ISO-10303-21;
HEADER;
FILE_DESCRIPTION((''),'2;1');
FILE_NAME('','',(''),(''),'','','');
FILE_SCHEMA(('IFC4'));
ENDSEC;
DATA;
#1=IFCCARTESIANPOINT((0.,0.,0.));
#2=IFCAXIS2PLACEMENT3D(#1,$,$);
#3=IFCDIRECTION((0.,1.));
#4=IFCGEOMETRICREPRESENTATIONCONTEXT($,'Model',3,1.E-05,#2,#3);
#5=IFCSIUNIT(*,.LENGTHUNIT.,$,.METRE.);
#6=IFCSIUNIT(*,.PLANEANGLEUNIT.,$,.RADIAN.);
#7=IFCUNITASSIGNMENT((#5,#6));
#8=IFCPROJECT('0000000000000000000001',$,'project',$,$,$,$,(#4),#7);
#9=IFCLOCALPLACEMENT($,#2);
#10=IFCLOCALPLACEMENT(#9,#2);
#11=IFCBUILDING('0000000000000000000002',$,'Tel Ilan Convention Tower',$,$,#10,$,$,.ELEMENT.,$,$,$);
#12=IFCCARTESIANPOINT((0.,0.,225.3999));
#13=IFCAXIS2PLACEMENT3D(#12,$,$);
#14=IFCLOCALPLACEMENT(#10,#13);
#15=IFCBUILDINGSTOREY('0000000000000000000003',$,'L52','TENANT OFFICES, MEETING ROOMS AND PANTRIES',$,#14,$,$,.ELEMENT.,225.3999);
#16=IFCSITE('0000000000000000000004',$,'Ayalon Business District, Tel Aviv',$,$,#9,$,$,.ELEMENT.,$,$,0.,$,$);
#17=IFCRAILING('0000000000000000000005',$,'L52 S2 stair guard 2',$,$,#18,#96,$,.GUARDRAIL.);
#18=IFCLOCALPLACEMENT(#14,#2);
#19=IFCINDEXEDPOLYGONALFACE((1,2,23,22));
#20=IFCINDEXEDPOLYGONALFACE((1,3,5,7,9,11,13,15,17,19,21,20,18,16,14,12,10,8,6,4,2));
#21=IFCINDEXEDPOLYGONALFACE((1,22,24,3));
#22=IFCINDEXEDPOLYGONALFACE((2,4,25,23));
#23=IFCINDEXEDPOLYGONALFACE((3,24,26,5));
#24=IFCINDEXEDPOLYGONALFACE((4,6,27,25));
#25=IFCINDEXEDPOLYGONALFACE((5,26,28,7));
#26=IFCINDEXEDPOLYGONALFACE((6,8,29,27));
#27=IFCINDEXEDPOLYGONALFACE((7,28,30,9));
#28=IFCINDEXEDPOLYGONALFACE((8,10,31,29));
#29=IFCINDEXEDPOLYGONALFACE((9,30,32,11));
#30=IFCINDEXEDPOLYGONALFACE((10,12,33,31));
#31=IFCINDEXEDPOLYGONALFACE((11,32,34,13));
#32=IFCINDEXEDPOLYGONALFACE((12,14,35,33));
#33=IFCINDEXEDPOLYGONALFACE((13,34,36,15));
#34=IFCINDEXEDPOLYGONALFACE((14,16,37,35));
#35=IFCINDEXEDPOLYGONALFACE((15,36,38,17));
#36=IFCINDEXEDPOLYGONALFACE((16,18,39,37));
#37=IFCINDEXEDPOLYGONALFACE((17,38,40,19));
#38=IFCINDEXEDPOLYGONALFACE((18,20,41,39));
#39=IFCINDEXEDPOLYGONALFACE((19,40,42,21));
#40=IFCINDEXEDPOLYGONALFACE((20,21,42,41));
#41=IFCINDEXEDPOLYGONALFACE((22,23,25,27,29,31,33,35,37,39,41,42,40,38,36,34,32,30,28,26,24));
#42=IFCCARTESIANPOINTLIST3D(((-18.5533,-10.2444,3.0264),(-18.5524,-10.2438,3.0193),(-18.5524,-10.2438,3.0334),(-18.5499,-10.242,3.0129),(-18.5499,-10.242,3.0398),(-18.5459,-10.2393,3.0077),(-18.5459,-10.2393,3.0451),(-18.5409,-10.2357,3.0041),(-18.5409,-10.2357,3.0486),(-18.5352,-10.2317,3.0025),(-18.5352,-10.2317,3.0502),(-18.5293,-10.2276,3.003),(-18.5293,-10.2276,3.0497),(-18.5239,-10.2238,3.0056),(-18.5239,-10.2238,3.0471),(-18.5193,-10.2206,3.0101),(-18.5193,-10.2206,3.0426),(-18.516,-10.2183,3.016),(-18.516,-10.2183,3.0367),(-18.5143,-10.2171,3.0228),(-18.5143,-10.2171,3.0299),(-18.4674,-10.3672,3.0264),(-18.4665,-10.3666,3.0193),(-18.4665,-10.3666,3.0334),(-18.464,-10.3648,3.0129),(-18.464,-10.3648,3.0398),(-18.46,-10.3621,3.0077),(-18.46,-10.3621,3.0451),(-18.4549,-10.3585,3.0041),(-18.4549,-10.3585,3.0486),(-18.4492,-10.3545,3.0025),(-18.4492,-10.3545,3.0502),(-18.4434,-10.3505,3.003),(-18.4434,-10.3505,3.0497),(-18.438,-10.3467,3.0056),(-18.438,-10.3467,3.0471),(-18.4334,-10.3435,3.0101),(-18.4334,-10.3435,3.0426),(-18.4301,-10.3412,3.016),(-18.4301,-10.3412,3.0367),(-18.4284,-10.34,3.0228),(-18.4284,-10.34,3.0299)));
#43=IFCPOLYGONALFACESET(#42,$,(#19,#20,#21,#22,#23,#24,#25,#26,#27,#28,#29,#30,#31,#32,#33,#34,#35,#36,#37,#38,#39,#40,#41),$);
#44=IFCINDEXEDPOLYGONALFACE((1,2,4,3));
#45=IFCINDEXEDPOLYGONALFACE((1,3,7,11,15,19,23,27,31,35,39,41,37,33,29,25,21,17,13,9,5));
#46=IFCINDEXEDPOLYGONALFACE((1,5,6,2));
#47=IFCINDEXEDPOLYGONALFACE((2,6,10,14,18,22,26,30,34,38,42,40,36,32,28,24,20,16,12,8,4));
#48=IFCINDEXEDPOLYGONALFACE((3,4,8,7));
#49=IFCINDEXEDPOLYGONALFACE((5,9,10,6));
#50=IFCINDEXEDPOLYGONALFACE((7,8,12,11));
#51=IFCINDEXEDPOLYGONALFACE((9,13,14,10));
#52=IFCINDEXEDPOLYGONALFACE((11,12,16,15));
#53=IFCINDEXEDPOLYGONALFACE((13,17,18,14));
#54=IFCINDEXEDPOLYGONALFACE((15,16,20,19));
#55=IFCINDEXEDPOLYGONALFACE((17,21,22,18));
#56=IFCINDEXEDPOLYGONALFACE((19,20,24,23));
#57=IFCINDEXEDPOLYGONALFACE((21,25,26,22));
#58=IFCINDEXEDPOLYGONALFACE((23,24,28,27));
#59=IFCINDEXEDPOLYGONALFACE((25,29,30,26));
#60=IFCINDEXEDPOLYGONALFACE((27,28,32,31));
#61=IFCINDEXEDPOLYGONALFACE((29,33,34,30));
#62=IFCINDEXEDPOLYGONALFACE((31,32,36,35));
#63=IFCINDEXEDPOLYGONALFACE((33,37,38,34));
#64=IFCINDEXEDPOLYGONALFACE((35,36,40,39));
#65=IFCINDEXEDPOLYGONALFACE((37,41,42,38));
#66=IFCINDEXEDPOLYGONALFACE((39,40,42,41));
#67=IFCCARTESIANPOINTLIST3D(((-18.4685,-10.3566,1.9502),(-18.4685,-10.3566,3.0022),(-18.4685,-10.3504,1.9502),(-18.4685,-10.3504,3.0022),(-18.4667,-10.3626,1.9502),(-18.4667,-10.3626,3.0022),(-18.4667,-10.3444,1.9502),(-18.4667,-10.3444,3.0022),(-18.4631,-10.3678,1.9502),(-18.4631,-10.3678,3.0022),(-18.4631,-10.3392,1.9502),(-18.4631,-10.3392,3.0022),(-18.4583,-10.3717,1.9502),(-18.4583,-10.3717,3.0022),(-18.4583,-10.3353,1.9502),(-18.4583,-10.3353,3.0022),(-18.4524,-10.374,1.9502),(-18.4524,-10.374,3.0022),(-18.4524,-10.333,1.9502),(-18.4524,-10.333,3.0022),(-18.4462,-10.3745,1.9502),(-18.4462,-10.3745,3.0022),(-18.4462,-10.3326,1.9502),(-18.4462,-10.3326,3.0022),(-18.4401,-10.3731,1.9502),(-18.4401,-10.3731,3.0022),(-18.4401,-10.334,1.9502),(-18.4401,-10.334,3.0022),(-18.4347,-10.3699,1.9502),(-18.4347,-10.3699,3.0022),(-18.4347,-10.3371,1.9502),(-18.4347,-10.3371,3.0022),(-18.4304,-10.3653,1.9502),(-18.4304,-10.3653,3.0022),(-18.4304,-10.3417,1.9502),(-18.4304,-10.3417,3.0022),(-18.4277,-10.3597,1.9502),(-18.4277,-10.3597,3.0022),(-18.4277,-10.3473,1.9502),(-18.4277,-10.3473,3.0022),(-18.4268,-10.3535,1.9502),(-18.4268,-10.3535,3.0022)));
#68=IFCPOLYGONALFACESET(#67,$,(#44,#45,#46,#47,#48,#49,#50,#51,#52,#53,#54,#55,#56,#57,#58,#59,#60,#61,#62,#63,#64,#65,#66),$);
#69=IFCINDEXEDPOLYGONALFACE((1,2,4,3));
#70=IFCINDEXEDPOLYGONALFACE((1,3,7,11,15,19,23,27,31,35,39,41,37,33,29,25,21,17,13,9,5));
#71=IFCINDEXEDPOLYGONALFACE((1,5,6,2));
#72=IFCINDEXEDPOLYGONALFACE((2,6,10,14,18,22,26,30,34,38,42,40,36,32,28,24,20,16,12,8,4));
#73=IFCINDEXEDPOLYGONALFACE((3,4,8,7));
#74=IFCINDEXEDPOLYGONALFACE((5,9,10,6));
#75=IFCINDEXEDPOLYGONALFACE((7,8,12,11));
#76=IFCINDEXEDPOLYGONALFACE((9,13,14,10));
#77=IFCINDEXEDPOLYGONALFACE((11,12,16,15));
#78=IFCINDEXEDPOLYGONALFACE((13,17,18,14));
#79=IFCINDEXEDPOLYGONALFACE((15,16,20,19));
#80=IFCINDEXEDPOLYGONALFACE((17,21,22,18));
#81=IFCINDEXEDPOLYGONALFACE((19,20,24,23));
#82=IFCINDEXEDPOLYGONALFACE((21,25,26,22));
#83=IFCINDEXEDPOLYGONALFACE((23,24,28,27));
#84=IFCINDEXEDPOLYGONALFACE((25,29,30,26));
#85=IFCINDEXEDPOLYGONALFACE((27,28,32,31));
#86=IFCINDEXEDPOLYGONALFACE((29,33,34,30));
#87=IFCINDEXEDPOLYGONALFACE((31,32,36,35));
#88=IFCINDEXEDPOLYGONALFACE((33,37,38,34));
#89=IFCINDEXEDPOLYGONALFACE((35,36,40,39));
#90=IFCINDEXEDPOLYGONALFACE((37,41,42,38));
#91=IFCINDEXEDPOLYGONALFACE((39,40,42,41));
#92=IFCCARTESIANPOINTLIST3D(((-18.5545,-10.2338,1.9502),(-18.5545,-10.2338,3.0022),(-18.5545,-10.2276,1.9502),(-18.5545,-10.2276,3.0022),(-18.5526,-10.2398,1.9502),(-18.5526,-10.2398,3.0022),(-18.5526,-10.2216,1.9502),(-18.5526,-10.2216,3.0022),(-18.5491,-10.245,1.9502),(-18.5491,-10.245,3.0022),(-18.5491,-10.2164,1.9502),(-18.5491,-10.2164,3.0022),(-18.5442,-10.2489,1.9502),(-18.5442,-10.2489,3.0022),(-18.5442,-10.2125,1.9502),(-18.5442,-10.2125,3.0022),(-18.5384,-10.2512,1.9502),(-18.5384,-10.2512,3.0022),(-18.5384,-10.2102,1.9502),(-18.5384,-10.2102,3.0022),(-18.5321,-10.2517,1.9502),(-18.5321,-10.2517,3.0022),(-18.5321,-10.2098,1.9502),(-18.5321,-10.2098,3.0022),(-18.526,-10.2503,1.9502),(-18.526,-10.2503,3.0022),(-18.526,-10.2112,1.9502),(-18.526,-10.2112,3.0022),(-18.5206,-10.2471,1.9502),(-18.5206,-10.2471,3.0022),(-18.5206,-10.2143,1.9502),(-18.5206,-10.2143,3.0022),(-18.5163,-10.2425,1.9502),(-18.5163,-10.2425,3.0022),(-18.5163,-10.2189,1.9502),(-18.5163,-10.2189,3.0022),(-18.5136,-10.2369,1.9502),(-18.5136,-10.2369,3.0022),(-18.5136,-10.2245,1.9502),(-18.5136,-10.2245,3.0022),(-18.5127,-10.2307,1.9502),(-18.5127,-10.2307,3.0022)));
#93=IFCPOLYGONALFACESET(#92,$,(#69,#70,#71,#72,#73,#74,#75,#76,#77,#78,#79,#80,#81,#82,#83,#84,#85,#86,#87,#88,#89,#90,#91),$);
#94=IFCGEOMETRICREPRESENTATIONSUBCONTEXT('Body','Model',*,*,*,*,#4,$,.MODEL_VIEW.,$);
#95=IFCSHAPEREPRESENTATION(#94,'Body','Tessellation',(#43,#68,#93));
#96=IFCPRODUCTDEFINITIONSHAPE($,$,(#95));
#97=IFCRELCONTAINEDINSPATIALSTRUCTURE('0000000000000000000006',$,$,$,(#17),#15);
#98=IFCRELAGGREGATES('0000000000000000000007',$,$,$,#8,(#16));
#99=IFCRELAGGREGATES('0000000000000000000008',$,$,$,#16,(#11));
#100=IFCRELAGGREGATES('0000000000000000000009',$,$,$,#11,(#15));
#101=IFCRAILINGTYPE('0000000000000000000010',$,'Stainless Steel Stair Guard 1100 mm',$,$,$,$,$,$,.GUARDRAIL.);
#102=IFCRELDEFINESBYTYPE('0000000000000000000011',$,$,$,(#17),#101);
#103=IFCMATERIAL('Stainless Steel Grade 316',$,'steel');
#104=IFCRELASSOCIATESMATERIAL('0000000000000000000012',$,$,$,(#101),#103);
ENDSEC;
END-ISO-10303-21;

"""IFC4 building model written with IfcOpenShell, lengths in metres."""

from ifc_helpers import new_model, si_unit, direction, frame, origin, origin_2d, place, context, subcontext, project, spatial, circle, extrude, material, type_object, element, save


model = new_model("IFC4")

# Units and contexts
model_context = context("Model", 3, precision=1e-05, world=origin(), true_north=direction((0.0, 1.0)))
body_context = subcontext(model_context, "Body", "Model", "MODEL_VIEW")
ifc_project = project(units=[si_unit("LENGTHUNIT", "METRE"), si_unit("PLANEANGLEUNIT", "RADIAN")], contexts=[model_context])

# Site, building, storey
site_placement = place(None, origin())
site = spatial("IfcSite", under=ifc_project, at=site_placement, Name="Ayalon Business District, Tel Aviv", CompositionType="ELEMENT", RefElevation=0.0)
building_placement = place(site_placement, origin())
building = spatial("IfcBuilding", under=site, at=building_placement, Name="Tel Ilan Convention Tower", CompositionType="ELEMENT")
storey_placement = place(building_placement, frame((0.0, 0.0, 225.3999)))
storey = spatial("IfcBuildingStorey", under=building, at=storey_placement, Name="L52", Description="TENANT OFFICES, MEETING ROOMS AND PANTRIES", CompositionType="ELEMENT", Elevation=225.3999)

# Railing
ifc_material_1 = material(Name="Stainless Steel Grade 316", Category="steel")
railing_type_1 = type_object("IfcRailingType", Name="Stainless Steel Stair Guard 1100 mm", PredefinedType="GUARDRAIL", material=ifc_material_1)
railing_1_placement = place(storey_placement, frame((-18.4478, -10.3535, 1.9502)))
element("IfcRailing", 1, at=railing_1_placement, inside=storey, type_object=railing_type_1, Name="L52 S2 stair guard 2", PredefinedType="GUARDRAIL", context=body_context, shape_type="SweptSolid", body=[
    extrude(circle(Radius=0.0239, at=origin_2d()), frame((0.0, 0.0, 1.0762), z_axis=(-0.573353, 0.819308, 0.0), x_axis=(-0.819308, -0.573353, 0.0)), (0.0, 0.0, 1.0), 0.1499),
    extrude(circle(Radius=0.021, at=origin_2d()), origin(), (0.0, 0.0, 1.0), 1.052),
    extrude(circle(Radius=0.021, at=origin_2d()), frame((-0.0859, 0.1228, 0.0)), (0.0, 0.0, 1.0), 1.052),
])

save(model, "model.ifc")
